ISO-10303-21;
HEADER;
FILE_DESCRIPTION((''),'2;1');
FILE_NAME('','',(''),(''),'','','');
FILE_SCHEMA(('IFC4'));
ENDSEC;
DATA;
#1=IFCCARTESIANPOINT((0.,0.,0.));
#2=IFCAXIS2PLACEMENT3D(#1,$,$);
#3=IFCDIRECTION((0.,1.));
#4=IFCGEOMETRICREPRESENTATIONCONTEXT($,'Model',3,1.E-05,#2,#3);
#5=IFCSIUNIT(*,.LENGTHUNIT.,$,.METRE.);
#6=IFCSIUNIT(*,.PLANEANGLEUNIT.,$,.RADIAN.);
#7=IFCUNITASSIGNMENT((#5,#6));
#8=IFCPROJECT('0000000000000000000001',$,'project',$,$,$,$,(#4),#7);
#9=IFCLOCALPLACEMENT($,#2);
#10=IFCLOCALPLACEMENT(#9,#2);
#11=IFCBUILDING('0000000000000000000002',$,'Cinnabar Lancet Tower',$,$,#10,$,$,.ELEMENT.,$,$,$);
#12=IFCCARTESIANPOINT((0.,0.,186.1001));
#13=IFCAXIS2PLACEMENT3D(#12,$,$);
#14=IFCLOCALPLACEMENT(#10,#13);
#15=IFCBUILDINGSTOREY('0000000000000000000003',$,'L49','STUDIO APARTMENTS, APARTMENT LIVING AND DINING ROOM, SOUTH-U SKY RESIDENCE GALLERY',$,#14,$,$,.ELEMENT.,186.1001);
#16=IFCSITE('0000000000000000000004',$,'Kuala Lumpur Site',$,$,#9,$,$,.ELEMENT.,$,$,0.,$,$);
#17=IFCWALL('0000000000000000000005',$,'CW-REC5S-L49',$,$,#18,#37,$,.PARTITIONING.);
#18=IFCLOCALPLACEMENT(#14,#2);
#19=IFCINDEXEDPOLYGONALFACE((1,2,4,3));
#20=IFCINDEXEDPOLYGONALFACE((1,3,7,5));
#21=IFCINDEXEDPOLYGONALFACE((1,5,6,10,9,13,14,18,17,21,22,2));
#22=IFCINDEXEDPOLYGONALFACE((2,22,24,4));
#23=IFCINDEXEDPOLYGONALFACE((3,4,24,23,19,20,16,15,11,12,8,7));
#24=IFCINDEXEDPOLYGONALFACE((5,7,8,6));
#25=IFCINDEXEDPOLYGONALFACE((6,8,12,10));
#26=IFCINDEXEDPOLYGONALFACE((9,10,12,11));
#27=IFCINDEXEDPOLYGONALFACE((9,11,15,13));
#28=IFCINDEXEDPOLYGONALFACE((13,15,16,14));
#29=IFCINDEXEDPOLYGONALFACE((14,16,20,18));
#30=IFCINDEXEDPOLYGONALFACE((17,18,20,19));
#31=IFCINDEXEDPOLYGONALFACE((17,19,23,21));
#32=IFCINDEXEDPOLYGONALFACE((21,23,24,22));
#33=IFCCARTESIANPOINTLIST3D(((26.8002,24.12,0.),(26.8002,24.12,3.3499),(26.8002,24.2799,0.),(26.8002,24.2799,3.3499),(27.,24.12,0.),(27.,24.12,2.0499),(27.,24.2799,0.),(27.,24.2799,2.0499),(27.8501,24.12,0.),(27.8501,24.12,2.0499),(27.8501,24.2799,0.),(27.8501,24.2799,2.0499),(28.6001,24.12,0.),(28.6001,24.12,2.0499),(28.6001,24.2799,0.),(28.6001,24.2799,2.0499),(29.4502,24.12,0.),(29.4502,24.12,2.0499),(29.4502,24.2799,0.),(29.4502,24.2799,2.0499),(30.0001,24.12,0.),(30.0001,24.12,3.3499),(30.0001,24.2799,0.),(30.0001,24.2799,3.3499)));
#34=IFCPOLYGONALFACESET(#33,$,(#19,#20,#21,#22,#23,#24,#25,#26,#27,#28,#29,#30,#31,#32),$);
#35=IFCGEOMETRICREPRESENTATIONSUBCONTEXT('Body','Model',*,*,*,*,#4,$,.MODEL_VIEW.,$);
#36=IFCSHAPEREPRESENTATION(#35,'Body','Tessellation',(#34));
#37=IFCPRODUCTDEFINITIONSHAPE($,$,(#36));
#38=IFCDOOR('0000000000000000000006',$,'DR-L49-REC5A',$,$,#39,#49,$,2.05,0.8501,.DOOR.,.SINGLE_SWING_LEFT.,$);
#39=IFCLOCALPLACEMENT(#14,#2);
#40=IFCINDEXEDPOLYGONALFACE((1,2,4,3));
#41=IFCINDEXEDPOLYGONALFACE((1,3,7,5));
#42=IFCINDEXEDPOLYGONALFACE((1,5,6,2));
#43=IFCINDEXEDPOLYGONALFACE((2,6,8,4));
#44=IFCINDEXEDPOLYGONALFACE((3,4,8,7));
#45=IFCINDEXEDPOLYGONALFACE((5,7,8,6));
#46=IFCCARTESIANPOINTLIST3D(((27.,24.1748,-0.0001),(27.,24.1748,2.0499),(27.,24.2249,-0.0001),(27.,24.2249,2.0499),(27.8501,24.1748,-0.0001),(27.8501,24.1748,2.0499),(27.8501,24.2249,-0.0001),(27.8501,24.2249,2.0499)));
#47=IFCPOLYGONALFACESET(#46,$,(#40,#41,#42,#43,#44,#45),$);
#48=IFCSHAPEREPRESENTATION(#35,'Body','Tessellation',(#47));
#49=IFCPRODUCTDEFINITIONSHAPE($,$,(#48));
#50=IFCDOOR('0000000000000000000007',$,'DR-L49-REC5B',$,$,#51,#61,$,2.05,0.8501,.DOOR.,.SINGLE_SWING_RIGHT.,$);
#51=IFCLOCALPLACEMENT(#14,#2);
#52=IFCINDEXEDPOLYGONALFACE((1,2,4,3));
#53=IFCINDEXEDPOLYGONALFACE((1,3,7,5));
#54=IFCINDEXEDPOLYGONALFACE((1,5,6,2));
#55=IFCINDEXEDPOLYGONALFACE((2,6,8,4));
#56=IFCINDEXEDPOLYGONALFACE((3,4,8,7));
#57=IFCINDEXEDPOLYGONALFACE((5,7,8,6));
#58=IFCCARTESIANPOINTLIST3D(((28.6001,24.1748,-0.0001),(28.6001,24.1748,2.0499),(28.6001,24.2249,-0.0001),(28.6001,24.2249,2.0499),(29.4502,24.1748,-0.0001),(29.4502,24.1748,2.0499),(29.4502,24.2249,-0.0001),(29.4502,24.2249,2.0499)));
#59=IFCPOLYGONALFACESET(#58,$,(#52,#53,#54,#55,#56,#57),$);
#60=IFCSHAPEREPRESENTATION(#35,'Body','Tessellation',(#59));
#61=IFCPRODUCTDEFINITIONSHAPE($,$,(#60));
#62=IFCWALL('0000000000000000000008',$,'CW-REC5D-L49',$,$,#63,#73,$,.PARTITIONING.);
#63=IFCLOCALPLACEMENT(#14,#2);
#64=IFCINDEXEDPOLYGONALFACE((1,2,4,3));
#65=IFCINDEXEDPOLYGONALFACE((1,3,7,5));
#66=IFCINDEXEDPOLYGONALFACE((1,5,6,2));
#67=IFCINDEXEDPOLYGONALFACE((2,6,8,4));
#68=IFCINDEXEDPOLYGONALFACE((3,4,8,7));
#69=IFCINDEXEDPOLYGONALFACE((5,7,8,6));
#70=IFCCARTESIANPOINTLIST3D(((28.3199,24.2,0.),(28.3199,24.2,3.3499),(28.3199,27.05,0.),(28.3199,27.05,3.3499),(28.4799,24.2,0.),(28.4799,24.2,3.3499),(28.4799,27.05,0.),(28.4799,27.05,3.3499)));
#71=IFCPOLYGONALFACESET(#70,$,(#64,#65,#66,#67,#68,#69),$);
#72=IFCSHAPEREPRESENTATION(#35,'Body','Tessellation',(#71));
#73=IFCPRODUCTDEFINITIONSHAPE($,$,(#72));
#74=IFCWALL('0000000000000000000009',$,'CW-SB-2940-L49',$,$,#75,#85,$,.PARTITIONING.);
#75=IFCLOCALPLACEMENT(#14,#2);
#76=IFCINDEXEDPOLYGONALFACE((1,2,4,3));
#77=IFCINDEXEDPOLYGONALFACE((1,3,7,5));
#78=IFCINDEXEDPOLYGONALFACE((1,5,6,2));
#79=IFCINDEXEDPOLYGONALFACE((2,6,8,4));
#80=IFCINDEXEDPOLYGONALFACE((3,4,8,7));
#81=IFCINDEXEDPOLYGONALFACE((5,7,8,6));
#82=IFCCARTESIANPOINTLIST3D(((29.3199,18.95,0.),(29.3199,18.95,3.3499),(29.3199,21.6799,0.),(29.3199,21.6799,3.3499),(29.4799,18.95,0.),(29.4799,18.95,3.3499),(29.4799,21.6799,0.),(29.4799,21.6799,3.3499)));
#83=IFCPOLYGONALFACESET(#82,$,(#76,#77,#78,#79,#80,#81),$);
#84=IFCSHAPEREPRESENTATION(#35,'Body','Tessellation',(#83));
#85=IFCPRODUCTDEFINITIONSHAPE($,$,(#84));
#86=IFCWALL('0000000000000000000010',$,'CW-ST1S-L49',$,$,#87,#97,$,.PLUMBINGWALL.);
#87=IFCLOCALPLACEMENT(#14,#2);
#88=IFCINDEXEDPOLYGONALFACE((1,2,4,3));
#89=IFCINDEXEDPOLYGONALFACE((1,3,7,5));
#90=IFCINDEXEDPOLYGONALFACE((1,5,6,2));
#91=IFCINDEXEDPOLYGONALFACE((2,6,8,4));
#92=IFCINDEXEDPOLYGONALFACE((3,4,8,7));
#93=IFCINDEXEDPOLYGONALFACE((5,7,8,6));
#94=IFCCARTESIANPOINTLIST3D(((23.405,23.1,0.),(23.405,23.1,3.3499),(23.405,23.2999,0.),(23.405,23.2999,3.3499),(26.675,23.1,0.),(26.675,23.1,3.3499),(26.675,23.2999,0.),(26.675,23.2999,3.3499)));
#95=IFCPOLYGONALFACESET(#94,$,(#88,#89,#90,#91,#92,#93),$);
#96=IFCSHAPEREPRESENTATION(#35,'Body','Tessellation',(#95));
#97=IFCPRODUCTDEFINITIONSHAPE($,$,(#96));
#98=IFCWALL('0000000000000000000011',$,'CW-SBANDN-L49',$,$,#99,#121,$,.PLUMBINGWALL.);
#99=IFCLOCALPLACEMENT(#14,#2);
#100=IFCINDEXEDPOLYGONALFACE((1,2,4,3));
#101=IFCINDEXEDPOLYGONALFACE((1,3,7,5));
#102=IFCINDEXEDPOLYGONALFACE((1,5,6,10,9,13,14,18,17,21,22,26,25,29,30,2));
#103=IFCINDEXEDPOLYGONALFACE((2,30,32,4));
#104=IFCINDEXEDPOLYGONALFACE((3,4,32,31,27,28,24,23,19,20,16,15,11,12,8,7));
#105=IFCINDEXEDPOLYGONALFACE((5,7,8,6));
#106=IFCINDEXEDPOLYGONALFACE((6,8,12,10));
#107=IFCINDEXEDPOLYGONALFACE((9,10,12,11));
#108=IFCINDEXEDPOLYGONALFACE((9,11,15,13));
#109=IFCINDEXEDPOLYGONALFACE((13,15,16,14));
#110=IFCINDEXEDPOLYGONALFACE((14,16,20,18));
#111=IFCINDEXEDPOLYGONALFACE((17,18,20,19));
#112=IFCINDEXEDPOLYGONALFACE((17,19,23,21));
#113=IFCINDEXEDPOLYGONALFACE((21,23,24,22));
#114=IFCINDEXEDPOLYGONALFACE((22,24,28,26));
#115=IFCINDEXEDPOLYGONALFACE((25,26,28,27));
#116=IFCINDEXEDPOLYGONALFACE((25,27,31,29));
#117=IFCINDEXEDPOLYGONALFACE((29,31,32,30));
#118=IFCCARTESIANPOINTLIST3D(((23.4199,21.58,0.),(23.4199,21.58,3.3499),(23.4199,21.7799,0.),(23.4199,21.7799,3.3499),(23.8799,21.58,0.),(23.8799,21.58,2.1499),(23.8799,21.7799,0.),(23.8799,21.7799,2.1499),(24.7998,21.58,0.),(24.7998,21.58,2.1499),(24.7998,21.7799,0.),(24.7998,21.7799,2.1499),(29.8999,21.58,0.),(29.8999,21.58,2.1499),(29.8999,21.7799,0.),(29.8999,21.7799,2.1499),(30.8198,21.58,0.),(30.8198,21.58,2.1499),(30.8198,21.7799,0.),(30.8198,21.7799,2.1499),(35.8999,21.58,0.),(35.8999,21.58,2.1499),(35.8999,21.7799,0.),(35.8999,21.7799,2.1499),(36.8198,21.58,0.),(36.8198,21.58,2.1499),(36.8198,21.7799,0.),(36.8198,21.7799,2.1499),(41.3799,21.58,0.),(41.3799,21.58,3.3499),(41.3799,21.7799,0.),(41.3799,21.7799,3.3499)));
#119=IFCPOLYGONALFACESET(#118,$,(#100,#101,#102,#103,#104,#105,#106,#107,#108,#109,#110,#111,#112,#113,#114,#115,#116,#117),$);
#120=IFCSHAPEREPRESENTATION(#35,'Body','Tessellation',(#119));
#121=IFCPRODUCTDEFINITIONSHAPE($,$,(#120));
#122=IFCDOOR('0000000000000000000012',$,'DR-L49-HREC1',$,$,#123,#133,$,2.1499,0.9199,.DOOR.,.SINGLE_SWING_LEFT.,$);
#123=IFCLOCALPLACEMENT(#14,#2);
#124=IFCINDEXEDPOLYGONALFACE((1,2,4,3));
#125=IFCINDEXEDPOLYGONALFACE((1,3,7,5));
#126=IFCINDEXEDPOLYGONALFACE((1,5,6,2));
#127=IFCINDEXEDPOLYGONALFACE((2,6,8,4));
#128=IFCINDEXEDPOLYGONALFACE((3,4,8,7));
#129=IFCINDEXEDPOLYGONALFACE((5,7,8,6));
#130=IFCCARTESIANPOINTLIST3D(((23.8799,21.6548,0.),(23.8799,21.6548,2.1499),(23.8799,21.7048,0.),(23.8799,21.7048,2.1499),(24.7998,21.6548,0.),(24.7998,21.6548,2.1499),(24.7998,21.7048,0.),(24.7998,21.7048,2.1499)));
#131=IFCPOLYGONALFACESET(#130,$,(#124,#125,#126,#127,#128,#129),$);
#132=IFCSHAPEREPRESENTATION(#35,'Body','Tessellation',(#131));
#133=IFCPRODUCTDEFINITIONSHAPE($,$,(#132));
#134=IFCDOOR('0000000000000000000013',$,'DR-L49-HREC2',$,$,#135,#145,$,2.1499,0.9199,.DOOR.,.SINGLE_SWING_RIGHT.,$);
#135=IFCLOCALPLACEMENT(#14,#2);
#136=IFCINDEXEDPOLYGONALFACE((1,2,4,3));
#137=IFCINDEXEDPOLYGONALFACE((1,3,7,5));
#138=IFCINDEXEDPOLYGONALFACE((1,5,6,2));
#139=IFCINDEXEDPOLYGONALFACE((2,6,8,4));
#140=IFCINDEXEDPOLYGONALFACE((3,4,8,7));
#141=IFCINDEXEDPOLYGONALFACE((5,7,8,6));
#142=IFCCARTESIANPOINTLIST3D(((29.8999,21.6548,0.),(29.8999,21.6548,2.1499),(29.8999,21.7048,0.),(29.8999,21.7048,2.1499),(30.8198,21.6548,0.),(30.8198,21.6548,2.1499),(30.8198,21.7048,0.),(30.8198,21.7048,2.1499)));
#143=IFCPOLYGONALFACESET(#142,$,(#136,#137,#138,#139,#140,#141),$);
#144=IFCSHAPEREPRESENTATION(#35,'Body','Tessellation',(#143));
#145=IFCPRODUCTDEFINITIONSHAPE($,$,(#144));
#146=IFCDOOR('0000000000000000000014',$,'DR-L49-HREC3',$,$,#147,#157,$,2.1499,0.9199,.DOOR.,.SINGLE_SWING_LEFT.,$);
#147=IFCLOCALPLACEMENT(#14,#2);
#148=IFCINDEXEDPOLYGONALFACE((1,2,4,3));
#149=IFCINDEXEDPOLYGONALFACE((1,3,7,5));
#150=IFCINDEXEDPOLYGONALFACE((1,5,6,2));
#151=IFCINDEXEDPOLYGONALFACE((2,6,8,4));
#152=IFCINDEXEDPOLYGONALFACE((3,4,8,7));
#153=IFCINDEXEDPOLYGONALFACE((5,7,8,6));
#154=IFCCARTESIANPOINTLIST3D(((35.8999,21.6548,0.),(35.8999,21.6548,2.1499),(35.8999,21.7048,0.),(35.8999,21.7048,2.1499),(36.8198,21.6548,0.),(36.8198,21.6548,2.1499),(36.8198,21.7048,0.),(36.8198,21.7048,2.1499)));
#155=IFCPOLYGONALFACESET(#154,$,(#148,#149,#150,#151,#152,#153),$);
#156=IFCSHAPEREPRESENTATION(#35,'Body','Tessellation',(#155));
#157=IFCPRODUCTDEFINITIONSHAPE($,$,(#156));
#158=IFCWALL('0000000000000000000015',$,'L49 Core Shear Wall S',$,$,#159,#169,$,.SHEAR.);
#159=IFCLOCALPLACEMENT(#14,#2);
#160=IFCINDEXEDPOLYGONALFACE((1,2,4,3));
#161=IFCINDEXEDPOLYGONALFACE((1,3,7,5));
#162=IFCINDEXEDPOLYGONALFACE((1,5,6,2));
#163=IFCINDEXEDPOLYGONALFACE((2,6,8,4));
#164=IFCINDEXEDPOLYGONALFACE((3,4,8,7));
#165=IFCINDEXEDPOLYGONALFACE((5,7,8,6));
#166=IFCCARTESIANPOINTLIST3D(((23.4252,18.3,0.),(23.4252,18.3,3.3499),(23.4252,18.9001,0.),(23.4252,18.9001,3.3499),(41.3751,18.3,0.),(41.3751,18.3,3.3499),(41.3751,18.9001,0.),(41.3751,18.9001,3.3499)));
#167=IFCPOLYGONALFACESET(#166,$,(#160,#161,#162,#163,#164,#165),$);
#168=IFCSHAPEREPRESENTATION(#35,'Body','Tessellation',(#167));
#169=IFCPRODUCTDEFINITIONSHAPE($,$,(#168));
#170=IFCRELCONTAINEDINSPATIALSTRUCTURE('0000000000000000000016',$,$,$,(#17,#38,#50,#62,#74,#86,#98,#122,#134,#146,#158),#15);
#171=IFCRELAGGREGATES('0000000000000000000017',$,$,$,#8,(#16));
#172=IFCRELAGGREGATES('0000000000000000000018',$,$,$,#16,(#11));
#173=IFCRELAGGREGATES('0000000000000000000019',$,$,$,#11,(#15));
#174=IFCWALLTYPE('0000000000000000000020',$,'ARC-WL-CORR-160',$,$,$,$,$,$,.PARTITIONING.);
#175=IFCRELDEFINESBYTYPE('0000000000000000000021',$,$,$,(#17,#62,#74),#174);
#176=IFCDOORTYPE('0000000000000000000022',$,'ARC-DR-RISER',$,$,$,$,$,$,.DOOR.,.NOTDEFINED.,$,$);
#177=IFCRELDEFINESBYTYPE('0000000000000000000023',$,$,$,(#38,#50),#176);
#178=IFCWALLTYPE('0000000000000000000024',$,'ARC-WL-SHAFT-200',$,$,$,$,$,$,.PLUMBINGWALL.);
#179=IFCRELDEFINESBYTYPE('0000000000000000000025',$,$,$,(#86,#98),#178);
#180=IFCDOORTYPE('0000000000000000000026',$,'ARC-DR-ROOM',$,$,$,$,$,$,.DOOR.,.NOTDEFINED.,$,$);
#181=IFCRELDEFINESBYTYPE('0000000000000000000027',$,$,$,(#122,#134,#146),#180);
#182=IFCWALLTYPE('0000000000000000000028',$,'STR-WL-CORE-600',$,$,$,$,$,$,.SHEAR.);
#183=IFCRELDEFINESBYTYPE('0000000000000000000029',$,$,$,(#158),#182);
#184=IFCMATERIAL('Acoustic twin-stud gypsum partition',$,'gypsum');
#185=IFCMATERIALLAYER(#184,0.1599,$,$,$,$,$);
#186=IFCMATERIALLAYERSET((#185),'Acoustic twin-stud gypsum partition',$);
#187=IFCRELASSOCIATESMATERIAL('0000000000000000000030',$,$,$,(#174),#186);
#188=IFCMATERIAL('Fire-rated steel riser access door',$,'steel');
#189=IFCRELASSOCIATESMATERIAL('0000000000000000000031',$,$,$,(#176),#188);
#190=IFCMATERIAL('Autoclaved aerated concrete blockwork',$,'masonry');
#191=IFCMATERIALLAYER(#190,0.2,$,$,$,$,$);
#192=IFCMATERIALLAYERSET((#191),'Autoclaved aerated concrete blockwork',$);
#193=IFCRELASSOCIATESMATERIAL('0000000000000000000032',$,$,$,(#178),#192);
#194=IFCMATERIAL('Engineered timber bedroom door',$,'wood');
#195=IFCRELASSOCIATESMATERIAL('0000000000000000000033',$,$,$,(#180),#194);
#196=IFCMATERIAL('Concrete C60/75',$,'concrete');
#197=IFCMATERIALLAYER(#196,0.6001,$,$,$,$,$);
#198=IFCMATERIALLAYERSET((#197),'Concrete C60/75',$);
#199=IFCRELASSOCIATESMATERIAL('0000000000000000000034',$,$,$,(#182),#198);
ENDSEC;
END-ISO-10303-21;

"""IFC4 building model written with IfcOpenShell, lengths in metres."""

from ifc_helpers import new_model, si_unit, direction, frame, frame_2d, origin, place, context, subcontext, project, spatial, rectangle, extrude, material, layer, layer_set, type_object, element, fill, save


model = new_model("IFC4")

# Units and contexts
model_context = context("Model", 3, precision=1e-05, world=origin(), true_north=direction((0.0, 1.0)))
body_context = subcontext(model_context, "Body", "Model", "MODEL_VIEW")
ifc_project = project(units=[si_unit("LENGTHUNIT", "METRE"), si_unit("PLANEANGLEUNIT", "RADIAN")], contexts=[model_context])

# Site, building, storey
site_placement = place(None, origin())
site = spatial("IfcSite", under=ifc_project, at=site_placement, Name="Kuala Lumpur Site", CompositionType="ELEMENT", RefElevation=0.0)
building_placement = place(site_placement, origin())
building = spatial("IfcBuilding", under=site, at=building_placement, Name="Cinnabar Lancet Tower", CompositionType="ELEMENT")
storey_placement = place(building_placement, frame((0.0, 0.0, 186.1001)))
storey = spatial("IfcBuildingStorey", under=building, at=storey_placement, Name="L49", Description="STUDIO APARTMENTS, APARTMENT LIVING AND DINING ROOM, SOUTH-U SKY RESIDENCE GALLERY", CompositionType="ELEMENT", Elevation=186.1001)

# Wall, openings, doors
ifc_material_1 = material(Name="Acoustic twin-stud gypsum partition", Category="gypsum")
ifc_layer_1 = layer(ifc_material_1, 0.1599)
ifc_layer_set_1 = layer_set([ifc_layer_1], Name="Acoustic twin-stud gypsum partition")
wall_type_1 = type_object("IfcWallType", Name="ARC-WL-CORR-160", PredefinedType="PARTITIONING", material=ifc_layer_set_1)
wall_1_placement = place(storey_placement, frame((26.8, 24.2, 0.0), z_axis=(0.0, 0.0, 1.0), x_axis=(1.0, 0.0, 0.0)))
wall_1 = element("IfcWall", 1, at=wall_1_placement, inside=storey, type_object=wall_type_1, Name="CW-REC5S-L49", PredefinedType="PARTITIONING", context=body_context, shape_type="SweptSolid", body=[
    extrude(rectangle(XDim=3.2, YDim=0.1599, at=frame_2d((1.6001, 0.0))), origin(), (0.0, 0.0, 1.0), 3.3499),
])
opening_1_placement = place(wall_1_placement, frame((0.2, 0.0, 0.0)))
opening_1 = element("IfcOpeningElement", 2, at=opening_1_placement, cuts=wall_1, PredefinedType="OPENING", context=body_context, shape_type="SweptSolid", body=[
    extrude(rectangle(XDim=0.8501, YDim=2.05, at=frame_2d((0.425, 1.0249))), frame((0.0, 0.0898, 0.0), z_axis=(0.0, -1.0, 0.0), x_axis=(1.0, 0.0, 0.0)), (0.0, 0.0, 1.0), 0.1799),
])
opening_2_placement = place(wall_1_placement, frame((1.8, 0.0, 0.0)))
opening_2 = element("IfcOpeningElement", 3, at=opening_2_placement, cuts=wall_1, PredefinedType="OPENING", context=body_context, shape_type="SweptSolid", body=[
    extrude(rectangle(XDim=0.8501, YDim=2.05, at=frame_2d((0.425, 1.0249))), frame((0.0, 0.0898, 0.0), z_axis=(0.0, -1.0, 0.0), x_axis=(1.0, 0.0, 0.0)), (0.0, 0.0, 1.0), 0.1799),
])
ifc_material_2 = material(Name="Fire-rated steel riser access door", Category="steel")
door_type_1 = type_object("IfcDoorType", Name="ARC-DR-RISER", OperationType="NOTDEFINED", PredefinedType="DOOR", material=ifc_material_2)
door_1_placement = place(opening_1_placement, origin())
door_1 = element("IfcDoor", 4, at=door_1_placement, inside=storey, type_object=door_type_1, Name="DR-L49-REC5A", OperationType="SINGLE_SWING_LEFT", OverallHeight=2.05, OverallWidth=0.8501, PredefinedType="DOOR", context=body_context, shape_type="SweptSolid", body=[
    extrude(rectangle(XDim=0.8501, YDim=2.05, at=frame_2d((0.425, 1.0249))), frame((0.0, 0.0249, 0.0), z_axis=(0.0, -1.0, 0.0), x_axis=(1.0, 0.0, 0.0)), (0.0, 0.0, 1.0), 0.05),
])
fill(opening_1, door_1)
door_2_placement = place(opening_2_placement, origin())
door_2 = element("IfcDoor", 5, at=door_2_placement, inside=storey, type_object=door_type_1, Name="DR-L49-REC5B", OperationType="SINGLE_SWING_RIGHT", OverallHeight=2.05, OverallWidth=0.8501, PredefinedType="DOOR", context=body_context, shape_type="SweptSolid", body=[
    extrude(rectangle(XDim=0.8501, YDim=2.05, at=frame_2d((0.425, 1.0249))), frame((0.0, 0.0249, 0.0), z_axis=(0.0, -1.0, 0.0), x_axis=(1.0, 0.0, 0.0)), (0.0, 0.0, 1.0), 0.05),
])
fill(opening_2, door_2)

# Walls
wall_2_placement = place(storey_placement, frame((28.3999, 24.2, 0.0), z_axis=(0.0, 0.0, 1.0), x_axis=(0.0, 1.0, 0.0)))
element("IfcWall", 6, at=wall_2_placement, inside=storey, type_object=wall_type_1, Name="CW-REC5D-L49", PredefinedType="PARTITIONING", context=body_context, shape_type="SweptSolid", body=[
    extrude(rectangle(XDim=2.8501, YDim=0.1599, at=frame_2d((1.425, 0.0))), origin(), (0.0, 0.0, 1.0), 3.3499),
])
wall_3_placement = place(storey_placement, frame((29.3999, 18.95, 0.0), z_axis=(0.0, 0.0, 1.0), x_axis=(0.0, 1.0, 0.0)))
element("IfcWall", 7, at=wall_3_placement, inside=storey, type_object=wall_type_1, Name="CW-SB-2940-L49", PredefinedType="PARTITIONING", context=body_context, shape_type="SweptSolid", body=[
    extrude(rectangle(XDim=2.73, YDim=0.1599, at=frame_2d((1.365, 0.0))), origin(), (0.0, 0.0, 1.0), 3.3499),
])
ifc_material_3 = material(Name="Autoclaved aerated concrete blockwork", Category="masonry")
ifc_layer_2 = layer(ifc_material_3, 0.2)
ifc_layer_set_2 = layer_set([ifc_layer_2], Name="Autoclaved aerated concrete blockwork")
wall_type_2 = type_object("IfcWallType", Name="ARC-WL-SHAFT-200", PredefinedType="PLUMBINGWALL", material=ifc_layer_set_2)
wall_4_placement = place(storey_placement, frame((23.405, 23.2, 0.0), z_axis=(0.0, 0.0, 1.0), x_axis=(1.0, 0.0, 0.0)))
element("IfcWall", 8, at=wall_4_placement, inside=storey, type_object=wall_type_2, Name="CW-ST1S-L49", PredefinedType="PLUMBINGWALL", context=body_context, shape_type="SweptSolid", body=[
    extrude(rectangle(XDim=3.27, YDim=0.2, at=frame_2d((1.635, 0.0))), origin(), (0.0, 0.0, 1.0), 3.3499),
])

# Wall, openings, doors
wall_5_placement = place(storey_placement, frame((23.4199, 21.6799, 0.0), z_axis=(0.0, 0.0, 1.0), x_axis=(1.0, 0.0, 0.0)))
wall_5 = element("IfcWall", 9, at=wall_5_placement, inside=storey, type_object=wall_type_2, Name="CW-SBANDN-L49", PredefinedType="PLUMBINGWALL", context=body_context, shape_type="SweptSolid", body=[
    extrude(rectangle(XDim=17.96, YDim=0.2, at=frame_2d((8.98, 0.0))), origin(), (0.0, 0.0, 1.0), 3.3499),
])
opening_3_placement = place(wall_5_placement, frame((0.46, 0.0, 0.0)))
opening_3 = element("IfcOpeningElement", 10, at=opening_3_placement, cuts=wall_5, PredefinedType="OPENING", context=body_context, shape_type="SweptSolid", body=[
    extrude(rectangle(XDim=0.9199, YDim=2.1499, at=frame_2d((0.46, 1.075))), frame((0.0, 0.1099, 0.0), z_axis=(0.0, -1.0, 0.0), x_axis=(1.0, 0.0, 0.0)), (0.0, 0.0, 1.0), 0.22),
])
opening_4_placement = place(wall_5_placement, frame((6.48, 0.0, 0.0)))
opening_4 = element("IfcOpeningElement", 11, at=opening_4_placement, cuts=wall_5, PredefinedType="OPENING", context=body_context, shape_type="SweptSolid", body=[
    extrude(rectangle(XDim=0.9199, YDim=2.1499, at=frame_2d((0.46, 1.075))), frame((0.0, 0.1099, 0.0), z_axis=(0.0, -1.0, 0.0), x_axis=(1.0, 0.0, 0.0)), (0.0, 0.0, 1.0), 0.22),
])
opening_5_placement = place(wall_5_placement, frame((12.48, 0.0, 0.0)))
opening_5 = element("IfcOpeningElement", 12, at=opening_5_placement, cuts=wall_5, PredefinedType="OPENING", context=body_context, shape_type="SweptSolid", body=[
    extrude(rectangle(XDim=0.9199, YDim=2.1499, at=frame_2d((0.46, 1.075))), frame((0.0, 0.1099, 0.0), z_axis=(0.0, -1.0, 0.0), x_axis=(1.0, 0.0, 0.0)), (0.0, 0.0, 1.0), 0.22),
])
ifc_material_4 = material(Name="Engineered timber bedroom door", Category="wood")
door_type_2 = type_object("IfcDoorType", Name="ARC-DR-ROOM", OperationType="NOTDEFINED", PredefinedType="DOOR", material=ifc_material_4)
door_3_placement = place(opening_3_placement, origin())
door_3 = element("IfcDoor", 13, at=door_3_placement, inside=storey, type_object=door_type_2, Name="DR-L49-HREC1", OperationType="SINGLE_SWING_LEFT", OverallHeight=2.1499, OverallWidth=0.9199, PredefinedType="DOOR", context=body_context, shape_type="SweptSolid", body=[
    extrude(rectangle(XDim=0.9199, YDim=2.1499, at=frame_2d((0.46, 1.075))), frame((0.0, 0.0249, 0.0), z_axis=(0.0, -1.0, 0.0), x_axis=(1.0, 0.0, 0.0)), (0.0, 0.0, 1.0), 0.05),
])
fill(opening_3, door_3)
door_4_placement = place(opening_4_placement, origin())
door_4 = element("IfcDoor", 14, at=door_4_placement, inside=storey, type_object=door_type_2, Name="DR-L49-HREC2", OperationType="SINGLE_SWING_RIGHT", OverallHeight=2.1499, OverallWidth=0.9199, PredefinedType="DOOR", context=body_context, shape_type="SweptSolid", body=[
    extrude(rectangle(XDim=0.9199, YDim=2.1499, at=frame_2d((0.46, 1.075))), frame((0.0, 0.0249, 0.0), z_axis=(0.0, -1.0, 0.0), x_axis=(1.0, 0.0, 0.0)), (0.0, 0.0, 1.0), 0.05),
])
fill(opening_4, door_4)
door_5_placement = place(opening_5_placement, origin())
door_5 = element("IfcDoor", 15, at=door_5_placement, inside=storey, type_object=door_type_2, Name="DR-L49-HREC3", OperationType="SINGLE_SWING_LEFT", OverallHeight=2.1499, OverallWidth=0.9199, PredefinedType="DOOR", context=body_context, shape_type="SweptSolid", body=[
    extrude(rectangle(XDim=0.9199, YDim=2.1499, at=frame_2d((0.46, 1.075))), frame((0.0, 0.0249, 0.0), z_axis=(0.0, -1.0, 0.0), x_axis=(1.0, 0.0, 0.0)), (0.0, 0.0, 1.0), 0.05),
])
fill(opening_5, door_5)

# Wall
ifc_material_5 = material(Name="Concrete C60/75", Category="concrete")
ifc_layer_3 = layer(ifc_material_5, 0.6001)
ifc_layer_set_3 = layer_set([ifc_layer_3], Name="Concrete C60/75")
wall_type_3 = type_object("IfcWallType", Name="STR-WL-CORE-600", PredefinedType="SHEAR", material=ifc_layer_set_3)
wall_6_placement = place(storey_placement, frame((23.425, 18.6001, 0.0), z_axis=(0.0, 0.0, 1.0), x_axis=(1.0, 0.0, 0.0)))
element("IfcWall", 16, at=wall_6_placement, inside=storey, type_object=wall_type_3, Name="L49 Core Shear Wall S", PredefinedType="SHEAR", context=body_context, shape_type="SweptSolid", body=[
    extrude(rectangle(XDim=17.95, YDim=0.6001, at=frame_2d((8.9751, 0.0))), origin(), (0.0, 0.0, 1.0), 3.3499),
])

save(model, "model.ifc")
